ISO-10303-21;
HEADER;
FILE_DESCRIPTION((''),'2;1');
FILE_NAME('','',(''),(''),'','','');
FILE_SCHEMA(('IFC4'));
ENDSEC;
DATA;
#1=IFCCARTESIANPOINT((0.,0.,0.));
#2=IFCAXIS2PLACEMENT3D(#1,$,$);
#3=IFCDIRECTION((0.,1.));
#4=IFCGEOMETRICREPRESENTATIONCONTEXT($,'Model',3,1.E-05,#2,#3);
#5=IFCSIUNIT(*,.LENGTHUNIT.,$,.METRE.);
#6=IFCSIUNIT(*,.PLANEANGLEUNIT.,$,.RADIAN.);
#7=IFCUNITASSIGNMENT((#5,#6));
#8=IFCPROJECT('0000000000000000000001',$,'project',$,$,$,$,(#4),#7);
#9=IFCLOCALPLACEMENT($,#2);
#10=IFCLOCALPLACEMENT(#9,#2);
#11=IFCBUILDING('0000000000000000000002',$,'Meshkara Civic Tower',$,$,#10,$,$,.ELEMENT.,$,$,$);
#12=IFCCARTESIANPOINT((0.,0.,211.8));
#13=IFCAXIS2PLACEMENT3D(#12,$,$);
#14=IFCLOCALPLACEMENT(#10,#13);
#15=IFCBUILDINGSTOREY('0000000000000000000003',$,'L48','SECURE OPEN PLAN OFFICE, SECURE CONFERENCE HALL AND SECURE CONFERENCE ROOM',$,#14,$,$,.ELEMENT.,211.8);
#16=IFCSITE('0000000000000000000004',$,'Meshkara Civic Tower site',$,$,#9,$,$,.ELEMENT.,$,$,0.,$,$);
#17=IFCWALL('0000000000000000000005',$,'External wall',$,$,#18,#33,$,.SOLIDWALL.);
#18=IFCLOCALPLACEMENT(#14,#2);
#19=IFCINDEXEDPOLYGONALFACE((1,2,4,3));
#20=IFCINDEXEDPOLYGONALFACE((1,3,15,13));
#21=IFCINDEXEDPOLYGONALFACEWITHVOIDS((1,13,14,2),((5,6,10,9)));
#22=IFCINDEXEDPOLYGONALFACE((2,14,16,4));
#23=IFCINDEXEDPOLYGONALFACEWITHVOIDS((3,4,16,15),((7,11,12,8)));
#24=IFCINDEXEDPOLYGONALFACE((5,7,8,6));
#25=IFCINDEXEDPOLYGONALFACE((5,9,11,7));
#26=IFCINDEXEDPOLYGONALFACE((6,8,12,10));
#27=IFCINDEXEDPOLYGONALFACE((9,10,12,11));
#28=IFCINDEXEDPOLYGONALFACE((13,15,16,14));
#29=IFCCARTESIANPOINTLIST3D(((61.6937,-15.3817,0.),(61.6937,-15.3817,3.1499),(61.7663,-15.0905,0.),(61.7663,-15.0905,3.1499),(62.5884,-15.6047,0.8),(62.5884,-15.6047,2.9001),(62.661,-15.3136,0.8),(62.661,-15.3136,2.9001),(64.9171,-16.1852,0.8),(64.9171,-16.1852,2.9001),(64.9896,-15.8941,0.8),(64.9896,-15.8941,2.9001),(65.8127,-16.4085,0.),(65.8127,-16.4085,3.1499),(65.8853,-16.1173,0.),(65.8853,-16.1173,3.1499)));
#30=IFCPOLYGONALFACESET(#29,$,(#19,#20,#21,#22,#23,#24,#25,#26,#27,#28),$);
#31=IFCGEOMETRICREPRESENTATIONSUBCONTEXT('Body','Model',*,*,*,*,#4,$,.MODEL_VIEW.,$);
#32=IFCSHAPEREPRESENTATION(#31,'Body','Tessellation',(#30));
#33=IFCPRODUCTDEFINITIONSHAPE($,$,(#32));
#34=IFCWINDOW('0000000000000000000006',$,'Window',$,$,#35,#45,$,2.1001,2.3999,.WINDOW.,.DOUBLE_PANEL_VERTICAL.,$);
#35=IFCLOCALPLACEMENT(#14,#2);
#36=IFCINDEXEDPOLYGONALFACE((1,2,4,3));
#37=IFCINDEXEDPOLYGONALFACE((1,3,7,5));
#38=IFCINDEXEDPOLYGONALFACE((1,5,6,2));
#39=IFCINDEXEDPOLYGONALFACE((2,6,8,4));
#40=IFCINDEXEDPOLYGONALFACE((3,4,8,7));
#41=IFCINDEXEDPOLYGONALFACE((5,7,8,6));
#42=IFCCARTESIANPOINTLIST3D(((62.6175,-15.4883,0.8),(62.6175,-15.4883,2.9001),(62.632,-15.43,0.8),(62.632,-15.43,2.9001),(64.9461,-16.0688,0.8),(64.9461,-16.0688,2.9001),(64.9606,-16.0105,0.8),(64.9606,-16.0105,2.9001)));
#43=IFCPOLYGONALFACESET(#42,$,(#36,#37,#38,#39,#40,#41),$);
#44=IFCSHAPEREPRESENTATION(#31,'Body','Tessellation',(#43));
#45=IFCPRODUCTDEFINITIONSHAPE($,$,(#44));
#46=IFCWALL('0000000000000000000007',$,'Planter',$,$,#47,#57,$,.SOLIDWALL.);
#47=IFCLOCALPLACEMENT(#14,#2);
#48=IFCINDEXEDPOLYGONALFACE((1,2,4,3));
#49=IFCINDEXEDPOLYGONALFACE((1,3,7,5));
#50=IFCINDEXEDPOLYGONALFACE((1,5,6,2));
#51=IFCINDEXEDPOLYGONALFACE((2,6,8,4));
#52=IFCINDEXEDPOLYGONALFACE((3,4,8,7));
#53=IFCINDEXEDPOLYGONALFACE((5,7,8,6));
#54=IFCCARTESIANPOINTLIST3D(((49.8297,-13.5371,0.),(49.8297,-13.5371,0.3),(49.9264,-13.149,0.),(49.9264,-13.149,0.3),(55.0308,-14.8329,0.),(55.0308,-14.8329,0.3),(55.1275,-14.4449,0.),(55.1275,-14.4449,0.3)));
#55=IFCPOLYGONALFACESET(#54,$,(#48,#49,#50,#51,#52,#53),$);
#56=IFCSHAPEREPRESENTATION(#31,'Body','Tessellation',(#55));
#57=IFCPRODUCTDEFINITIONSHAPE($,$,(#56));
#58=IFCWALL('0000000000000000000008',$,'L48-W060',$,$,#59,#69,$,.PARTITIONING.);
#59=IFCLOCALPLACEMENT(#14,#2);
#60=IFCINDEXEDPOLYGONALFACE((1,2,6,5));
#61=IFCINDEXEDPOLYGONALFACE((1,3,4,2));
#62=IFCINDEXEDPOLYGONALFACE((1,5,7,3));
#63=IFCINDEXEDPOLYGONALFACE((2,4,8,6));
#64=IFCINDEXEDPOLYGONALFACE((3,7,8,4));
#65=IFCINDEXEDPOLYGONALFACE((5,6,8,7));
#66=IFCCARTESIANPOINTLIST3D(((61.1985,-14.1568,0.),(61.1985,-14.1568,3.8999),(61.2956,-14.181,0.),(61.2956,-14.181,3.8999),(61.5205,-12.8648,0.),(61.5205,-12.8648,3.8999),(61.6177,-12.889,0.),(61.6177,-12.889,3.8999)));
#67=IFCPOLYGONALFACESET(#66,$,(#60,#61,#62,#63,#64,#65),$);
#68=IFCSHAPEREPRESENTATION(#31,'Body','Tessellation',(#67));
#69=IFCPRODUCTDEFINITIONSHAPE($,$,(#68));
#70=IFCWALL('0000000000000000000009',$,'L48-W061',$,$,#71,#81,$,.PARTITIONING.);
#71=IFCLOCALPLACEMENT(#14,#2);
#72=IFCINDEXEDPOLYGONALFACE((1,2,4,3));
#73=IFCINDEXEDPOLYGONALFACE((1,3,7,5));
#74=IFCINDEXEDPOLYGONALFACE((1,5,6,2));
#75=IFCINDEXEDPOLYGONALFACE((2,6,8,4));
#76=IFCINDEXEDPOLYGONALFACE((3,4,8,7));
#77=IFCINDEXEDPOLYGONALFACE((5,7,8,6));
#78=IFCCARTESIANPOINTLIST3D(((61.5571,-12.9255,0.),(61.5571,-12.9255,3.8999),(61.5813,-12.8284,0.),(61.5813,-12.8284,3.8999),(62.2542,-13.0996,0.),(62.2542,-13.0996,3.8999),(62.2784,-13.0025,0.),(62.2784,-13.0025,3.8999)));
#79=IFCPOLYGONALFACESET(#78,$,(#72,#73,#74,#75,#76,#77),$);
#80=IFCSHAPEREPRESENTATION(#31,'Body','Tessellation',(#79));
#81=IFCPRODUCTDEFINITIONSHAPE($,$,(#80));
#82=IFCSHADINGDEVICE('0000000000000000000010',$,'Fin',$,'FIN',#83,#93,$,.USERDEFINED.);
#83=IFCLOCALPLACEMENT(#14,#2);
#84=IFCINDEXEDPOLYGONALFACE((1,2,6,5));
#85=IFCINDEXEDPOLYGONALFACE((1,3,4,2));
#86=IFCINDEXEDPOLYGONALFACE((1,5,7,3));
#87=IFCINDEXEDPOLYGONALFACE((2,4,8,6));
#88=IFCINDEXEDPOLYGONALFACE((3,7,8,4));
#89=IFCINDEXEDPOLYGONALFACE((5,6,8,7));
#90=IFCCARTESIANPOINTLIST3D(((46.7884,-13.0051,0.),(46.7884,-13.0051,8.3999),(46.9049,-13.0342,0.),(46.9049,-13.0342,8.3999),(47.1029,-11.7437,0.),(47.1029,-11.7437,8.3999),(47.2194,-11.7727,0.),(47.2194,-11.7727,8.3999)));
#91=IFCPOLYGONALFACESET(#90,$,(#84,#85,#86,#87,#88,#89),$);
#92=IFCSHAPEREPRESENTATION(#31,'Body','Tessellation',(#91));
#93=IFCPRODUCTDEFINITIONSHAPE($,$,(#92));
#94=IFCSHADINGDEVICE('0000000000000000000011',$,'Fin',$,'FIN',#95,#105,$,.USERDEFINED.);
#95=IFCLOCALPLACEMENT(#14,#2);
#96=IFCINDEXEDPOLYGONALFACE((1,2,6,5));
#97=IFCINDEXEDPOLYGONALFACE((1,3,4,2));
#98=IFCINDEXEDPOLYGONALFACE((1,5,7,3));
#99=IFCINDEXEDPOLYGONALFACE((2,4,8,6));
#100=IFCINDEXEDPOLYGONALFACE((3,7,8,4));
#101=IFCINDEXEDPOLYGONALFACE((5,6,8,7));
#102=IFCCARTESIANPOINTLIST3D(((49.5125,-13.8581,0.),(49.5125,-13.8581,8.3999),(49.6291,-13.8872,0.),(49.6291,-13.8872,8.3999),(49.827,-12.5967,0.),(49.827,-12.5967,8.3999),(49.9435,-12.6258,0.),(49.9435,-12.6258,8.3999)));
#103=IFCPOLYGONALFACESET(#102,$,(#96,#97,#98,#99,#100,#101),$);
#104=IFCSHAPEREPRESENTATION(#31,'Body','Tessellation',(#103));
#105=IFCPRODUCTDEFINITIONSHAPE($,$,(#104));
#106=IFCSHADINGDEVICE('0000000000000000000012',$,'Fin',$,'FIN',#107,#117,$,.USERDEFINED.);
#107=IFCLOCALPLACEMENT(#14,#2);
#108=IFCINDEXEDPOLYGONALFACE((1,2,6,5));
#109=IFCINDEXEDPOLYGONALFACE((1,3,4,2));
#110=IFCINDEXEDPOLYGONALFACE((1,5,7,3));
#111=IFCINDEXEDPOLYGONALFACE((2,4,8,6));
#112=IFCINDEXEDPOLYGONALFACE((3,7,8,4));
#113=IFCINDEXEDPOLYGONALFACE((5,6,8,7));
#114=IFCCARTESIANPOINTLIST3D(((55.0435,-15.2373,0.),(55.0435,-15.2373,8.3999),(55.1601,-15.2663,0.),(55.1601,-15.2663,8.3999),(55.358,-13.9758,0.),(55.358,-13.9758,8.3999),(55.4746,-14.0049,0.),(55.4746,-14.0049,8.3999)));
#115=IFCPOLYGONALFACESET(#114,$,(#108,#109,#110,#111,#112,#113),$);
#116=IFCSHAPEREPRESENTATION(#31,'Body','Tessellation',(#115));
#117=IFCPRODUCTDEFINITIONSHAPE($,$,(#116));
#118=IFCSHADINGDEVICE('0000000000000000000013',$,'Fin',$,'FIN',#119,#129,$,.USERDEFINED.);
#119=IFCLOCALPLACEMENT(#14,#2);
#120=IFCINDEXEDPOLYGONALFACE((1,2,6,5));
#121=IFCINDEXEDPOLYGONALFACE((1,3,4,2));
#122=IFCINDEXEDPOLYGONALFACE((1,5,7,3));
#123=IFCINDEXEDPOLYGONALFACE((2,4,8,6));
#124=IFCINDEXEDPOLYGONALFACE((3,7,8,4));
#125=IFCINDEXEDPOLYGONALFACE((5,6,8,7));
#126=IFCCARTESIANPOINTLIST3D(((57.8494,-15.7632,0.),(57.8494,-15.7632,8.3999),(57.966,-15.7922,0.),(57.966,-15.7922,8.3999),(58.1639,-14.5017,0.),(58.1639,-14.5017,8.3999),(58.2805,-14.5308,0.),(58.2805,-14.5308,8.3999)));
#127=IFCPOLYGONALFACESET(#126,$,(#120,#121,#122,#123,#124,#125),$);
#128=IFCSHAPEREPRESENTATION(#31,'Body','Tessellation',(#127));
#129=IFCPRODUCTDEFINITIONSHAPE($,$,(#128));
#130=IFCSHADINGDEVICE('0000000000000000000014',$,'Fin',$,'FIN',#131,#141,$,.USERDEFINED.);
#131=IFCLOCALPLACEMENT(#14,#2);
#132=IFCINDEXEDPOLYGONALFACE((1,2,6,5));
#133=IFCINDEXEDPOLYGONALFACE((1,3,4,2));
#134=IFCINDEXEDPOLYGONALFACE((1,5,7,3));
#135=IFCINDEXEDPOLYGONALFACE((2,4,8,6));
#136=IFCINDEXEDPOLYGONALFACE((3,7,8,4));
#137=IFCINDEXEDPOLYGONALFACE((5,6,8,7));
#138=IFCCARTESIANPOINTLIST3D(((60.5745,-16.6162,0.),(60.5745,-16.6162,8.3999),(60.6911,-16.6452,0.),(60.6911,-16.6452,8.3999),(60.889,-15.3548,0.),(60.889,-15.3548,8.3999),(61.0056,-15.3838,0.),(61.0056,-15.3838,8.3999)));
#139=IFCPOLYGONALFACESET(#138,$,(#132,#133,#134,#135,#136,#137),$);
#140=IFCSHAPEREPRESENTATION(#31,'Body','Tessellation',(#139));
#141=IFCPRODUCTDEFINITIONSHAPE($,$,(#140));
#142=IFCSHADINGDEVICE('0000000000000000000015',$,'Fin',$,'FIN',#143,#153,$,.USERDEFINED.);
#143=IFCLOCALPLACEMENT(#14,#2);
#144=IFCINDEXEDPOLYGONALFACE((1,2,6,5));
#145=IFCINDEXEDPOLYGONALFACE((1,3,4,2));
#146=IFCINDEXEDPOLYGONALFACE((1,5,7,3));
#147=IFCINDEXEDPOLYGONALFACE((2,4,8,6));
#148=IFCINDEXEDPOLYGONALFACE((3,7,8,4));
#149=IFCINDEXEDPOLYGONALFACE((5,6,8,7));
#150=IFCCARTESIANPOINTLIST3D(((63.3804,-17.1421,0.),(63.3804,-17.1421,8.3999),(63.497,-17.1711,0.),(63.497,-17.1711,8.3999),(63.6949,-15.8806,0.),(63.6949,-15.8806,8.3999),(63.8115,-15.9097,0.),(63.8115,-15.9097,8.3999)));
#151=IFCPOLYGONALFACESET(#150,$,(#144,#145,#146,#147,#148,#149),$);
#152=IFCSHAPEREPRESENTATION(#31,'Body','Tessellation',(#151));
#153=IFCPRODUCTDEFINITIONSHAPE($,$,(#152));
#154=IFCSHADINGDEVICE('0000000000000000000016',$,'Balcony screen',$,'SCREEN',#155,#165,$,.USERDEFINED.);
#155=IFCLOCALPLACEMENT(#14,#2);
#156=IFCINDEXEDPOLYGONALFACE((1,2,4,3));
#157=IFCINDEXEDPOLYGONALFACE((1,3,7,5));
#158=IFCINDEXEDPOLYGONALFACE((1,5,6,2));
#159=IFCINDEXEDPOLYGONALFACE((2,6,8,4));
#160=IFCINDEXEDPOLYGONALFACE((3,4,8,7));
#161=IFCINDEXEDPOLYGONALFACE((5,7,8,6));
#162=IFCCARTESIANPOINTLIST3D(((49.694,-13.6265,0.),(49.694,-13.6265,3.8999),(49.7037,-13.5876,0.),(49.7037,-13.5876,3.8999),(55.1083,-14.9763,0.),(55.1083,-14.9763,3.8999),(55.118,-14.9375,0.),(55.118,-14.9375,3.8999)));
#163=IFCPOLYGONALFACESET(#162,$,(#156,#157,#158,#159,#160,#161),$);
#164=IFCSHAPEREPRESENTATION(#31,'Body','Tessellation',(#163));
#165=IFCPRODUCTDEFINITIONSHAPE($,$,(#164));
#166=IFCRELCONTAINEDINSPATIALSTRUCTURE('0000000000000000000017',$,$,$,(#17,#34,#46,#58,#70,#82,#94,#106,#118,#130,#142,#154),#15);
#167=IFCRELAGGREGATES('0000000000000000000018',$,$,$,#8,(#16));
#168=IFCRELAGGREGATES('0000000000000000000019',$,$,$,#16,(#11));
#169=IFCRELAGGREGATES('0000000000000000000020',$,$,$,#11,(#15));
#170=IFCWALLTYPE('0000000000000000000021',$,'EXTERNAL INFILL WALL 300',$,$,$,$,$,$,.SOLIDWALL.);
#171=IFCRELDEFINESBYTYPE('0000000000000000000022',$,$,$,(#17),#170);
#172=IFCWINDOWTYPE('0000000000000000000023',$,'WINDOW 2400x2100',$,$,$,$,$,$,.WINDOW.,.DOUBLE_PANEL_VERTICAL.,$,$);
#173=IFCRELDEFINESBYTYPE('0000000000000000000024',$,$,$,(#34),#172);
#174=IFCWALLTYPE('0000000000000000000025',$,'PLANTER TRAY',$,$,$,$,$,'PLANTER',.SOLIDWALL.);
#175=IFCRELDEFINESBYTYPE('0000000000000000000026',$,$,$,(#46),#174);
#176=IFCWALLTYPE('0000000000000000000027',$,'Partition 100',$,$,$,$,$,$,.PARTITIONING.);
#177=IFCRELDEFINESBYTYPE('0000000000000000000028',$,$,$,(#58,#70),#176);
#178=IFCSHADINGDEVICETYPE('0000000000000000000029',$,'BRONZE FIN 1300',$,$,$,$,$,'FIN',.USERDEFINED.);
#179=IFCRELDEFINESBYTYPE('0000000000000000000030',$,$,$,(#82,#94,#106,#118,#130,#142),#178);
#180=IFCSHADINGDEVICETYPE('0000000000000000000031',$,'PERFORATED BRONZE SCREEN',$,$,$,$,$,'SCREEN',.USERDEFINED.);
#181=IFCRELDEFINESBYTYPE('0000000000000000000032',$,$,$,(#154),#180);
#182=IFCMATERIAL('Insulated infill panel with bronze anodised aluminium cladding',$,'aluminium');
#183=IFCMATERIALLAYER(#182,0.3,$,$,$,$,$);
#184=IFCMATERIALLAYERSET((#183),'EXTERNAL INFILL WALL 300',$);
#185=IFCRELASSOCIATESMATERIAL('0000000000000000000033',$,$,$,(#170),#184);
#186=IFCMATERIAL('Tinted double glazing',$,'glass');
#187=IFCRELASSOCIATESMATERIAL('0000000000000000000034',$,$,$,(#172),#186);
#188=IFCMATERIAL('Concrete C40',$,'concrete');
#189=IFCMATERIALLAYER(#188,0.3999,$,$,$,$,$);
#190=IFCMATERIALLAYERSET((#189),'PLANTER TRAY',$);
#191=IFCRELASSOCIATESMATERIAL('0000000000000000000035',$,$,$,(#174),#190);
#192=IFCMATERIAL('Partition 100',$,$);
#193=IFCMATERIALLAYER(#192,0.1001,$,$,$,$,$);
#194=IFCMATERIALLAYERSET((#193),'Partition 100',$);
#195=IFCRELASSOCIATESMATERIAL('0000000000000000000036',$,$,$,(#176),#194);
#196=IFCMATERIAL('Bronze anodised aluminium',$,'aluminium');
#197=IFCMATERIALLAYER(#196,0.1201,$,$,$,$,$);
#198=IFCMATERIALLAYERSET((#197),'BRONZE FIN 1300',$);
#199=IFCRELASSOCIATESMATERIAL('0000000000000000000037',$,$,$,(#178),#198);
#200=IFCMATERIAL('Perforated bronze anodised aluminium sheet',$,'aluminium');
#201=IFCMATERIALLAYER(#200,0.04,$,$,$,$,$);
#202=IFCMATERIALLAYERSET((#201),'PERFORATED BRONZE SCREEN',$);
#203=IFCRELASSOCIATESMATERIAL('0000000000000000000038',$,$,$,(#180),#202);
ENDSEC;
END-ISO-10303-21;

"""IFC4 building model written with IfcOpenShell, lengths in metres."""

from ifc_helpers import new_model, si_unit, direction, frame, frame_2d, origin, origin_2d, place, context, subcontext, project, spatial, rectangle, extrude, material, layer, layer_set, type_object, element, fill, save


model = new_model("IFC4")

# Units and contexts
model_context = context("Model", 3, precision=1e-05, world=origin(), true_north=direction((0.0, 1.0)))
body_context = subcontext(model_context, "Body", "Model", "MODEL_VIEW")
ifc_project = project(units=[si_unit("LENGTHUNIT", "METRE"), si_unit("PLANEANGLEUNIT", "RADIAN")], contexts=[model_context])

# Site, building, storey
site_placement = place(None, origin())
site = spatial("IfcSite", under=ifc_project, at=site_placement, Name="Meshkara Civic Tower site", CompositionType="ELEMENT", RefElevation=0.0)
building_placement = place(site_placement, origin())
building = spatial("IfcBuilding", under=site, at=building_placement, Name="Meshkara Civic Tower", CompositionType="ELEMENT")
storey_placement = place(building_placement, frame((0.0, 0.0, 211.8)))
storey = spatial("IfcBuildingStorey", under=building, at=storey_placement, Name="L48", Description="SECURE OPEN PLAN OFFICE, SECURE CONFERENCE HALL AND SECURE CONFERENCE ROOM", CompositionType="ELEMENT", Elevation=211.8)

# Wall, opening, window
ifc_material_1 = material(Name="Insulated infill panel with bronze anodised aluminium cladding", Category="aluminium")
ifc_layer_1 = layer(ifc_material_1, 0.3)
ifc_layer_set_1 = layer_set([ifc_layer_1], Name="EXTERNAL INFILL WALL 300")
wall_type_1 = type_object("IfcWallType", Name="EXTERNAL INFILL WALL 300", PredefinedType="SOLIDWALL", material=ifc_layer_set_1)
ifc_material_2 = material(Name="Tinted double glazing", Category="glass")
window_type = type_object("IfcWindowType", Name="WINDOW 2400x2100", PartitioningType="DOUBLE_PANEL_VERTICAL", PredefinedType="WINDOW", material=ifc_material_2)
wall_1_placement = place(storey_placement, frame((61.73, -15.2361, 0.0), z_axis=(0.0, 0.0, 1.0), x_axis=(0.970305, -0.241886, 0.0)))
wall_1 = element("IfcWall", 1, at=wall_1_placement, inside=storey, type_object=wall_type_1, Name="External wall", PredefinedType="SOLIDWALL", context=body_context, shape_type="SweptSolid", body=[
    extrude(rectangle(XDim=4.2451, YDim=0.3, at=frame_2d((2.1226, 0.0))), origin(), (0.0, 0.0, 1.0), 3.1499),
])
opening_1_placement = place(wall_1_placement, frame((0.9221, 0.0, 0.8)))
opening_1 = element("IfcOpeningElement", 2, at=opening_1_placement, cuts=wall_1, PredefinedType="OPENING", context=body_context, shape_type="SweptSolid", body=[
    extrude(rectangle(XDim=2.3999, YDim=2.1001, at=frame_2d((1.2, 1.05))), frame((0.0, 0.1599, 0.0), z_axis=(0.0, -1.0, 0.0), x_axis=(1.0, 0.0, 0.0)), (0.0, 0.0, 1.0), 0.3201),
])
window_1_placement = place(opening_1_placement, origin())
window_1 = element("IfcWindow", 3, at=window_1_placement, inside=storey, type_object=window_type, Name="Window", OverallHeight=2.1001, OverallWidth=2.3999, PartitioningType="DOUBLE_PANEL_VERTICAL", PredefinedType="WINDOW", context=body_context, shape_type="SweptSolid", body=[
    extrude(rectangle(XDim=2.3999, YDim=2.1001, at=frame_2d((1.2, 1.05))), frame((0.0, 0.03, 0.0), z_axis=(0.0, -1.0, 0.0), x_axis=(1.0, 0.0, 0.0)), (0.0, 0.0, 1.0), 0.0601),
])
fill(opening_1, window_1)

# Walls
ifc_material_3 = material(Name="Concrete C40", Category="concrete")
ifc_layer_2 = layer(ifc_material_3, 0.3999)
ifc_layer_set_2 = layer_set([ifc_layer_2], Name="PLANTER TRAY")
wall_type_2 = type_object("IfcWallType", Name="PLANTER TRAY", ElementType="PLANTER", PredefinedType="SOLIDWALL", material=ifc_layer_set_2)
wall_2_placement = place(storey_placement, frame((49.8779, -13.343, 0.0), z_axis=(0.0, 0.0, 1.0), x_axis=(0.970335, -0.241764, 0.0)))
element("IfcWall", 4, at=wall_2_placement, inside=storey, type_object=wall_type_2, Name="Planter", PredefinedType="SOLIDWALL", context=body_context, shape_type="SweptSolid", body=[
    extrude(rectangle(XDim=5.3601, YDim=0.3999, at=frame_2d((2.6802, 0.0))), origin(), (0.0, 0.0, 1.0), 0.3),
])
ifc_material_4 = material(Name="Partition 100")
ifc_layer_3 = layer(ifc_material_4, 0.1001)
ifc_layer_set_3 = layer_set([ifc_layer_3], Name="Partition 100")
wall_type_3 = type_object("IfcWallType", Name="Partition 100", PredefinedType="PARTITIONING", material=ifc_layer_set_3)
wall_3_placement = place(storey_placement, frame((61.2471, -14.1689, 0.0), z_axis=(0.0, 0.0, 1.0), x_axis=(0.241845, 0.970315, 0.0)))
element("IfcWall", 5, at=wall_3_placement, inside=storey, type_object=wall_type_3, Name="L48-W060", PredefinedType="PARTITIONING", context=body_context, shape_type="SweptSolid", body=[
    extrude(rectangle(XDim=1.3315, YDim=0.1001, at=frame_2d((0.6658, 0.0))), origin(), (0.0, 0.0, 1.0), 3.8999),
])
wall_4_placement = place(storey_placement, frame((61.5691, -12.877, 0.0), z_axis=(0.0, 0.0, 1.0), x_axis=(0.970202, -0.242296, 0.0)))
element("IfcWall", 6, at=wall_4_placement, inside=storey, type_object=wall_type_3, Name="L48-W061", PredefinedType="PARTITIONING", context=body_context, shape_type="SweptSolid", body=[
    extrude(rectangle(XDim=0.7185, YDim=0.1001, at=frame_2d((0.3594, 0.0))), origin(), (0.0, 0.0, 1.0), 3.8999),
])

# Shading devices
ifc_material_5 = material(Name="Bronze anodised aluminium", Category="aluminium")
ifc_layer_4 = layer(ifc_material_5, 0.1201)
ifc_layer_set_4 = layer_set([ifc_layer_4], Name="BRONZE FIN 1300")
shading_device_type_1 = type_object("IfcShadingDeviceType", Name="BRONZE FIN 1300", ElementType="FIN", PredefinedType="USERDEFINED", material=ifc_layer_set_4)
for number, where, z_axis, x_axis, name in (
    (7, (47.0039, -12.3889, 0.0), (0.0, 0.0, 1.0), (0.9703, -0.241905, 0.0), "Fin"),
    (8, (49.728, -13.2419, 0.0), (0.0, 0.0, 1.0), (0.9703, -0.241905, 0.0), "Fin"),
    (9, (55.259, -14.6211, 0.0), (0.0, 0.0, 1.0), (0.9703, -0.241905, 0.0), "Fin"),
    (10, (58.0649, -15.147, 0.0), (0.0, 0.0, 1.0), (0.9703, -0.241905, 0.0), "Fin"),
    (11, (60.79, -16.0, 0.0), (0.0, 0.0, 1.0), (0.9703, -0.241905, 0.0), "Fin"),
    (12, (63.5959, -16.5259, 0.0), (0.0, 0.0, 1.0), (0.9703, -0.241905, 0.0), "Fin"),
):
    element("IfcShadingDevice", number, at=place(storey_placement, frame(where, z_axis=z_axis, x_axis=x_axis)), inside=storey, type_object=shading_device_type_1, Name=name, ObjectType="FIN", PredefinedType="USERDEFINED", context=body_context, shape_type="SweptSolid", body=[
        extrude(rectangle(XDim=0.1201, YDim=1.3, at=origin_2d()), origin(), (0.0, 0.0, 1.0), 8.3999),
    ])
ifc_material_6 = material(Name="Perforated bronze anodised aluminium sheet", Category="aluminium")
ifc_layer_5 = layer(ifc_material_6, 0.04)
ifc_layer_set_5 = layer_set([ifc_layer_5], Name="PERFORATED BRONZE SCREEN")
shading_device_type_2 = type_object("IfcShadingDeviceType", Name="PERFORATED BRONZE SCREEN", ElementType="SCREEN", PredefinedType="USERDEFINED", material=ifc_layer_set_5)
shading_device_placement = place(storey_placement, frame((52.406, -14.282, 0.0), z_axis=(0.0, 0.0, 1.0), x_axis=(0.9703, -0.241905, 0.0)))
element("IfcShadingDevice", 13, at=shading_device_placement, inside=storey, type_object=shading_device_type_2, Name="Balcony screen", ObjectType="SCREEN", PredefinedType="USERDEFINED", context=body_context, shape_type="SweptSolid", body=[
    extrude(rectangle(XDim=5.5801, YDim=0.04, at=origin_2d()), origin(), (0.0, 0.0, 1.0), 3.8999),
])

save(model, "model.ifc")
